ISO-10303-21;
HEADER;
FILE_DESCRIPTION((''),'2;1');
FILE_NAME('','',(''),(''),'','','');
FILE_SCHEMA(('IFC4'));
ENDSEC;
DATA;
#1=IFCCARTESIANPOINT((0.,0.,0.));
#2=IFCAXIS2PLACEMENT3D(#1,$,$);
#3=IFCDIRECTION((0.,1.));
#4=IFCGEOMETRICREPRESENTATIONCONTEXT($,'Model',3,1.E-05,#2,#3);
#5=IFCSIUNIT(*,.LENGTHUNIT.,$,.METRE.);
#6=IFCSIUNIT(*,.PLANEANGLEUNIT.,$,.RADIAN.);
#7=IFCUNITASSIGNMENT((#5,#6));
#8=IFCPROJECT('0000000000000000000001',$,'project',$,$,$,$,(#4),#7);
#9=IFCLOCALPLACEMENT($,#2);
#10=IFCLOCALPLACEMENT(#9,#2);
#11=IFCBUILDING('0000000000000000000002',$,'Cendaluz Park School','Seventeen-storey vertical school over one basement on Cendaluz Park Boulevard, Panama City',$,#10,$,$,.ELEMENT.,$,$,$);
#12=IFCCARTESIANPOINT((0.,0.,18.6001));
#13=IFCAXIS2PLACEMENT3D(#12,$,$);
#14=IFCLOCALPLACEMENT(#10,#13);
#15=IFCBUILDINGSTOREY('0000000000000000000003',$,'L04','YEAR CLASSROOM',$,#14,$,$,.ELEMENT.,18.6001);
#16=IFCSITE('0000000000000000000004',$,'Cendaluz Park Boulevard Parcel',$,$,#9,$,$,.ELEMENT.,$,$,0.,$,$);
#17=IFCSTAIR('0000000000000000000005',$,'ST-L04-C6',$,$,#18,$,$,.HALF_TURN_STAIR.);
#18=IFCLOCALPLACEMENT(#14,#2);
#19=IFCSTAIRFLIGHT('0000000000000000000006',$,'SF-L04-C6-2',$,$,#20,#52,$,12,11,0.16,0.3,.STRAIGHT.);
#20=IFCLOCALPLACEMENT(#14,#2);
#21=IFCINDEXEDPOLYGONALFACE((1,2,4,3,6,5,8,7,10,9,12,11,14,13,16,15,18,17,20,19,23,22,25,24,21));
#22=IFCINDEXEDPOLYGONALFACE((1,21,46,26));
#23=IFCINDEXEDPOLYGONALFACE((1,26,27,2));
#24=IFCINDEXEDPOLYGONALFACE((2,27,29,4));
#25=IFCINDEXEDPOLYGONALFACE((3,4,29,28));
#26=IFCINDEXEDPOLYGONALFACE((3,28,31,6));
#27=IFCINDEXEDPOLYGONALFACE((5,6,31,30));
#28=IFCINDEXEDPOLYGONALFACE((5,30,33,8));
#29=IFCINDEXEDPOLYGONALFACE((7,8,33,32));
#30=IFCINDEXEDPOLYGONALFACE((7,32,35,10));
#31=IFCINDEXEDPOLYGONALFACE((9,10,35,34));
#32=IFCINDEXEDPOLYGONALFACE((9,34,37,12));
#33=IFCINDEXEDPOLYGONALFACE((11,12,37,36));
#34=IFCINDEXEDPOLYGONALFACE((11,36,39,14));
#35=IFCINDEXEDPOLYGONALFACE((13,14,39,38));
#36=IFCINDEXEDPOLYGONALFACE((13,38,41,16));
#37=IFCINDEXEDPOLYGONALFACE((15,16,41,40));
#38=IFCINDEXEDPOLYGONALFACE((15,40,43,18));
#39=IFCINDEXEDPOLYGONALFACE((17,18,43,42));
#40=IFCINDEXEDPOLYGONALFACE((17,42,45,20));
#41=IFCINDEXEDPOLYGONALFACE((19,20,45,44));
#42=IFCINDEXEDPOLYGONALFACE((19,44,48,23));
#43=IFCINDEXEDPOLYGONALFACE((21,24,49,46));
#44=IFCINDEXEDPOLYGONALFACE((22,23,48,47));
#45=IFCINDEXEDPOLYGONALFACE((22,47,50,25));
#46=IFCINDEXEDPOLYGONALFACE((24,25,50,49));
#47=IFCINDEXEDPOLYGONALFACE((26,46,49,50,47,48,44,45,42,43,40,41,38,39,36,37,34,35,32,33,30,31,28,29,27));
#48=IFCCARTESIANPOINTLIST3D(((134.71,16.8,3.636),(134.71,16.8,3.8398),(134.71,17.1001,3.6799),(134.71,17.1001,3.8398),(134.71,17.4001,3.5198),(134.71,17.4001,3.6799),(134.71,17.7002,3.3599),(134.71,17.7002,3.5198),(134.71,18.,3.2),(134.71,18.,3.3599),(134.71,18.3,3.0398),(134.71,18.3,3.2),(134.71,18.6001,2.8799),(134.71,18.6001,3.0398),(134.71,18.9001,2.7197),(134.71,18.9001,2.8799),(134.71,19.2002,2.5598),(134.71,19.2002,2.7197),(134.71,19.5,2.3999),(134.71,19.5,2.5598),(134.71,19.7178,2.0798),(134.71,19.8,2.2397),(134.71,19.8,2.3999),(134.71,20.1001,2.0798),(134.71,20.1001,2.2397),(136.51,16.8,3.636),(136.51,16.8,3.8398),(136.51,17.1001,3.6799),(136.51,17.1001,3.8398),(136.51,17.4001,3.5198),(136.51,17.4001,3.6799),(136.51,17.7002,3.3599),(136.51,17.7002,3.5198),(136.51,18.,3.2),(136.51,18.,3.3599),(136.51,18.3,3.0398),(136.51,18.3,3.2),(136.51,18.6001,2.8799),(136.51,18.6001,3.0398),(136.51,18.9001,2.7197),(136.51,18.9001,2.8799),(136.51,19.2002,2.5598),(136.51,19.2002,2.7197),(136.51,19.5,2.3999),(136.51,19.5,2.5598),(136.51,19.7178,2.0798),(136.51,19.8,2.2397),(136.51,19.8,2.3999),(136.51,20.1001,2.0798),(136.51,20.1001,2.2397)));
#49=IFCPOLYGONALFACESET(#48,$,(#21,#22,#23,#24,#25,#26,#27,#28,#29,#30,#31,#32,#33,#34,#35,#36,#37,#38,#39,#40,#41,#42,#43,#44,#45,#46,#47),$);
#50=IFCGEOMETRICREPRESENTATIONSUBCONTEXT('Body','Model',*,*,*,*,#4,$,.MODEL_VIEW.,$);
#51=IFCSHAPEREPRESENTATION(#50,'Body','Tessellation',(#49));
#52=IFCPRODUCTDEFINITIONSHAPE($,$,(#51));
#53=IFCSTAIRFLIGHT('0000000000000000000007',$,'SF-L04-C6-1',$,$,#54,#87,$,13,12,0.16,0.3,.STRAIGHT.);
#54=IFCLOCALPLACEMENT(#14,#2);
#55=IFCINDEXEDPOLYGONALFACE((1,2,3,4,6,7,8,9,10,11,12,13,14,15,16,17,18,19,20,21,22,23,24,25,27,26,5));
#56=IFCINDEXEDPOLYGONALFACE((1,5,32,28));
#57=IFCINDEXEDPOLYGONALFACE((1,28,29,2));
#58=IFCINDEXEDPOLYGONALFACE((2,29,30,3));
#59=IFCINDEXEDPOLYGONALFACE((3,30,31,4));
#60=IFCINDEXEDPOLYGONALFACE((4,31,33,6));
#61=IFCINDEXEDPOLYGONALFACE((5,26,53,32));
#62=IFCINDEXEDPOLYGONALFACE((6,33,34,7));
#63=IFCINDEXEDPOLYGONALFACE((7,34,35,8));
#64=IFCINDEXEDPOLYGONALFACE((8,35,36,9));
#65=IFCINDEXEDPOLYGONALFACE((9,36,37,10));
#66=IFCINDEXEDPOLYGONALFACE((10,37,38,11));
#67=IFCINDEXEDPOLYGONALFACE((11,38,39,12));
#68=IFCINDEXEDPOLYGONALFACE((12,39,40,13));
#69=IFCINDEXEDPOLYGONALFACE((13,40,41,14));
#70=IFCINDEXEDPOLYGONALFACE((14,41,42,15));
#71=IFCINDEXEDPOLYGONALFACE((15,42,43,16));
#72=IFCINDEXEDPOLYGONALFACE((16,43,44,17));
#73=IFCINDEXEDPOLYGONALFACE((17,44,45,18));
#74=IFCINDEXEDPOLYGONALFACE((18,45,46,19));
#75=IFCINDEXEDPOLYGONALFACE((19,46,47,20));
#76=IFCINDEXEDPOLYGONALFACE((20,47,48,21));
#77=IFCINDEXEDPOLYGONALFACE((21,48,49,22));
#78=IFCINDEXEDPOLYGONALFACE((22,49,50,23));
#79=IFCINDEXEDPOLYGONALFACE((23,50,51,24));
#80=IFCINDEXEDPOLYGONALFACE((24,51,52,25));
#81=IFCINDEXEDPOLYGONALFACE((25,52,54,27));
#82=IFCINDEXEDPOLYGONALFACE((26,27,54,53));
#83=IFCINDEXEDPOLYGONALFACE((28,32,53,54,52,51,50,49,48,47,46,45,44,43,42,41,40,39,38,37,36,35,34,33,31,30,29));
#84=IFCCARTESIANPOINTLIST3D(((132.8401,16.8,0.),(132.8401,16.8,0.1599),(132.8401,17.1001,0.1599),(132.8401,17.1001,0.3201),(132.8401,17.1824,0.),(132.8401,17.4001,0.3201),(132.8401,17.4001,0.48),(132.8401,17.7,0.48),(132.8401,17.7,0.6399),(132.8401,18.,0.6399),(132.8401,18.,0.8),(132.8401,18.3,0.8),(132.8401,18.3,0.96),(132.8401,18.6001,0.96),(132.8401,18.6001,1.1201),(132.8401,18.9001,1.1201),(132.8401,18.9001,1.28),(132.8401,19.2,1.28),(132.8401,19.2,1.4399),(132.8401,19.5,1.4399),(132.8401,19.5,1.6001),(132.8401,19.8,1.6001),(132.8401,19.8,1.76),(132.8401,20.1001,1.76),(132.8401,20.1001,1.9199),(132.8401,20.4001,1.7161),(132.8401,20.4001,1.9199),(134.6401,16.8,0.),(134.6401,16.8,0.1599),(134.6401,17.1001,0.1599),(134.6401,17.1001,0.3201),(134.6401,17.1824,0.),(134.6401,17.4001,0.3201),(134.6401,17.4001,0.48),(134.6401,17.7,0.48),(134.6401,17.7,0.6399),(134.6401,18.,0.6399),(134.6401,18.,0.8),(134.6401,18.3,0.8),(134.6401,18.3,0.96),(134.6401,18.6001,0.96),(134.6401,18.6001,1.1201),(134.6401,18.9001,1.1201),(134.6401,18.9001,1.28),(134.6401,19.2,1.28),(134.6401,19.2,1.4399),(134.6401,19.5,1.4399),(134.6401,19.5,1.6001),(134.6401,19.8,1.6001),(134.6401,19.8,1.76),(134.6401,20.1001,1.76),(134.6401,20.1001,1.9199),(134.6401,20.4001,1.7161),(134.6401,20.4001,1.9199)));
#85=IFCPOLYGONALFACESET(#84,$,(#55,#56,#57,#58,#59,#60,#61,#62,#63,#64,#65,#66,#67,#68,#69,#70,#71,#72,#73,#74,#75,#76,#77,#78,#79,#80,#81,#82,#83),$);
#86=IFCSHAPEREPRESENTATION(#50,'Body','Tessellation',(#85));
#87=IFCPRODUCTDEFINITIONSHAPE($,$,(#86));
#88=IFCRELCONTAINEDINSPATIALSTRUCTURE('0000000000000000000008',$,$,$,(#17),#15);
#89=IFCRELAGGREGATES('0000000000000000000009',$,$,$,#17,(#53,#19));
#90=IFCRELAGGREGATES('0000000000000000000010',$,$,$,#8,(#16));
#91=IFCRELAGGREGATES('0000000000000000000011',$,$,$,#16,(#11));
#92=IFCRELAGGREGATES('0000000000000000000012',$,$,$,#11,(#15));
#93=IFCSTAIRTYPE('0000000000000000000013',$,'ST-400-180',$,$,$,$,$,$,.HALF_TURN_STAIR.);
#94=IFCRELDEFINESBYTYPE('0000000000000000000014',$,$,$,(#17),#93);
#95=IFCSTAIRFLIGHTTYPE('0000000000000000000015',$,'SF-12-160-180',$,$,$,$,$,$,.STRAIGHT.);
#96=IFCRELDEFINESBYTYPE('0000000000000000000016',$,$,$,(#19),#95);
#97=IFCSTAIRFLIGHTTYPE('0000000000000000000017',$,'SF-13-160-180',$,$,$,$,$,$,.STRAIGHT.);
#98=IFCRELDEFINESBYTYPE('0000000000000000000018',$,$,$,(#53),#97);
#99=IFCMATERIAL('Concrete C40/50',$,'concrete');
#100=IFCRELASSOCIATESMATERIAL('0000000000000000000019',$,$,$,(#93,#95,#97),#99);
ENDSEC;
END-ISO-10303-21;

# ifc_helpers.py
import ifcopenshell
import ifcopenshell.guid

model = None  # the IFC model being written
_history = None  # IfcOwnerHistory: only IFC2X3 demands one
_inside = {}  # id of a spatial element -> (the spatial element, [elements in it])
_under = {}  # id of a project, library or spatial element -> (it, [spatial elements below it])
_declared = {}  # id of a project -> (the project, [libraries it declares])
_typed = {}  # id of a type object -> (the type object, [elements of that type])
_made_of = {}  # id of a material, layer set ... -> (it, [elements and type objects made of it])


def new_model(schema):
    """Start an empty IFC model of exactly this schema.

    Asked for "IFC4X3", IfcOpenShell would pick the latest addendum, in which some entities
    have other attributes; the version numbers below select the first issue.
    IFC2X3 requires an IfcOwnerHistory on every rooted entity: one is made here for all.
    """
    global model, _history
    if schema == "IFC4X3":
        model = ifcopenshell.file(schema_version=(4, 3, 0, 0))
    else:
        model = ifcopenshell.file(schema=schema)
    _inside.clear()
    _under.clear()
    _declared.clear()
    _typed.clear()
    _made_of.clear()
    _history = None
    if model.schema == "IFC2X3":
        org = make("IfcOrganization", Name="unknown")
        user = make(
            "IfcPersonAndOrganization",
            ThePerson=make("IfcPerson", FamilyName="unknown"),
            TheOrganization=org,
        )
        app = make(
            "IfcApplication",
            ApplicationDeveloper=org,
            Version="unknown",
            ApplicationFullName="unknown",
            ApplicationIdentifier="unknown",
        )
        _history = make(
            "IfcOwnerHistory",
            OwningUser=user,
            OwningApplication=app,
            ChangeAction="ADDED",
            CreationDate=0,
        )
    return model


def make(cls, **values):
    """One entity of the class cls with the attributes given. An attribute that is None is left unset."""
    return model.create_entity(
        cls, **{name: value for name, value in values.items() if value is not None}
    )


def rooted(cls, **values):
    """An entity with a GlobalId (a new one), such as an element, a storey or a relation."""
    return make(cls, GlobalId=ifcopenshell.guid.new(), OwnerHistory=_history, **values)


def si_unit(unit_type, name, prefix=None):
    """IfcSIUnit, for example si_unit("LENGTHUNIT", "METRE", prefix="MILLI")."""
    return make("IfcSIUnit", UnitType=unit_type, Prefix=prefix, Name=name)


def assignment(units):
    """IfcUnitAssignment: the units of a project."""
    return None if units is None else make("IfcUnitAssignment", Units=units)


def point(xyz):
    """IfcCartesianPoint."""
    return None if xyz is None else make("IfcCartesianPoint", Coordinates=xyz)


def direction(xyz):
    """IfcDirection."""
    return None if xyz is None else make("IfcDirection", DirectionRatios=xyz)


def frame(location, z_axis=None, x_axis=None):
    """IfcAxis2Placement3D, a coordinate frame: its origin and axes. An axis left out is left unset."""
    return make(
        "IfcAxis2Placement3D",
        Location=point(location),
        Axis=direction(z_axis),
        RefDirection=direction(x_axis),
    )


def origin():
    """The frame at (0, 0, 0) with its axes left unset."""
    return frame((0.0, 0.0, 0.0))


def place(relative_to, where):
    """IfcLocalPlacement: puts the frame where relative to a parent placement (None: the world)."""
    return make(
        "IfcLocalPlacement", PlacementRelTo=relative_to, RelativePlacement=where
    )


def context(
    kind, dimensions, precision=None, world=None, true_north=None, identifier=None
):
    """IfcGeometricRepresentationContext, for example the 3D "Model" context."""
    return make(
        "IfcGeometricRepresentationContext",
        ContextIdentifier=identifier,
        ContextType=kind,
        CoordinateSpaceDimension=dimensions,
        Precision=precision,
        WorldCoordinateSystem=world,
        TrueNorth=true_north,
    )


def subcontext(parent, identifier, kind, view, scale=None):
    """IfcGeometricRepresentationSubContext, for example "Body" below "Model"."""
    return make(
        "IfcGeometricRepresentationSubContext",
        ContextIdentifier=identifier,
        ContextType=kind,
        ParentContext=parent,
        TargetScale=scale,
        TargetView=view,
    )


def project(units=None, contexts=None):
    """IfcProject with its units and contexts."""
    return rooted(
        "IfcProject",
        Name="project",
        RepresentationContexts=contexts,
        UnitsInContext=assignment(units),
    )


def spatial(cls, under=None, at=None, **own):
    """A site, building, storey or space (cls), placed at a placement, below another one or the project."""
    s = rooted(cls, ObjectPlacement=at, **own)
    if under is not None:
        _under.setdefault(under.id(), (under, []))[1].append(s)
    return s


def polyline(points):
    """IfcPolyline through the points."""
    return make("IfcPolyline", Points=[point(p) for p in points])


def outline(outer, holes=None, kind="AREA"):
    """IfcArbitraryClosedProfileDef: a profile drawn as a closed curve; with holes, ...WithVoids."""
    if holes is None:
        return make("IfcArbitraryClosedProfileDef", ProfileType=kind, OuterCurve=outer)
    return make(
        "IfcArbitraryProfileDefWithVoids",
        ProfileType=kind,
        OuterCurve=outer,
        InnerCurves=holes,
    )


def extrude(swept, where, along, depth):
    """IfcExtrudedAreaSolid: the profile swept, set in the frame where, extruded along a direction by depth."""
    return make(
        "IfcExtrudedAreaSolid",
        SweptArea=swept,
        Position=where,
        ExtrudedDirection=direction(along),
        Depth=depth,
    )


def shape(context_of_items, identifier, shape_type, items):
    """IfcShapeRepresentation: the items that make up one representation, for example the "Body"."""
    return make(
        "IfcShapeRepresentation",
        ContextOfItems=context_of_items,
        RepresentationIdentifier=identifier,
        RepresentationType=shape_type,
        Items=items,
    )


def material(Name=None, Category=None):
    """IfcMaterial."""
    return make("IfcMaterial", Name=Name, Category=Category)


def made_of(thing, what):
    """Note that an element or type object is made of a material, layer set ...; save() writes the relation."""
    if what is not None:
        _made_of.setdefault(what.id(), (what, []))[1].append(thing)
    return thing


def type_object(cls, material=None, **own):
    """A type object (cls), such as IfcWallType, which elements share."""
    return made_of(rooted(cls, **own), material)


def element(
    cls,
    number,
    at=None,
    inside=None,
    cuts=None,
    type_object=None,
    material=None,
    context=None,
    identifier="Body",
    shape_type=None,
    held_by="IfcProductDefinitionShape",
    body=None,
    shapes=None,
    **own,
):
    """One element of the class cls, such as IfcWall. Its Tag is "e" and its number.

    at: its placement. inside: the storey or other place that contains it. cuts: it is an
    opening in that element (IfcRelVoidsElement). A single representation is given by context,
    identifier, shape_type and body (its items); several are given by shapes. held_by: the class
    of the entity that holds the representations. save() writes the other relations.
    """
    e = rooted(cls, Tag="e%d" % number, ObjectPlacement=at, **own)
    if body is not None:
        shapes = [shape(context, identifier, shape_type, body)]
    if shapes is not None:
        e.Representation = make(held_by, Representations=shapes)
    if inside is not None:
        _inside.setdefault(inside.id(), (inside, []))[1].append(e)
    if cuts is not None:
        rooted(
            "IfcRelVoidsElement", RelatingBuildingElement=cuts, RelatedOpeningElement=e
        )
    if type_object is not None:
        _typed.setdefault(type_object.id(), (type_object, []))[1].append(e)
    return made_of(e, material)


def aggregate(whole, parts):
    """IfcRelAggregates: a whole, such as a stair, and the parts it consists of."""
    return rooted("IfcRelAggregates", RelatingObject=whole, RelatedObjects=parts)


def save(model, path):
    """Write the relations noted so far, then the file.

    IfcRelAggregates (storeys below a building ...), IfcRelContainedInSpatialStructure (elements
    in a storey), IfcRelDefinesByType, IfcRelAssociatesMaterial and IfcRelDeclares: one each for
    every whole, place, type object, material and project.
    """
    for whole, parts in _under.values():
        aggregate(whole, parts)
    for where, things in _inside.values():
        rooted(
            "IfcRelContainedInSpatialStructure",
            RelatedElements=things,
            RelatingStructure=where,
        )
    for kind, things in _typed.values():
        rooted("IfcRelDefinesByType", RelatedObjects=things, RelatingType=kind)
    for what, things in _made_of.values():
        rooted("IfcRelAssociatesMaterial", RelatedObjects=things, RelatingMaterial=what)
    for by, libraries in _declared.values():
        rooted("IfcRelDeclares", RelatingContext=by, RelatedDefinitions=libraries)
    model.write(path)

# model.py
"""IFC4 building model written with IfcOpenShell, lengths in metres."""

from ifc_helpers import new_model, si_unit, direction, frame, origin, place, context, subcontext, project, spatial, polyline, outline, extrude, material, type_object, element, aggregate, save


model = new_model("IFC4")

# Units and contexts
model_context = context("Model", 3, precision=1e-05, world=origin(), true_north=direction((0.0, 1.0)))
body_context = subcontext(model_context, "Body", "Model", "MODEL_VIEW")
ifc_project = project(units=[si_unit("LENGTHUNIT", "METRE"), si_unit("PLANEANGLEUNIT", "RADIAN")], contexts=[model_context])

# Site, building, storey
site_placement = place(None, origin())
site = spatial("IfcSite", under=ifc_project, at=site_placement, Name="Cendaluz Park Boulevard Parcel", CompositionType="ELEMENT", RefElevation=0.0)
building_placement = place(site_placement, origin())
building = spatial("IfcBuilding", under=site, at=building_placement, Name="Cendaluz Park School", Description="Seventeen-storey vertical school over one basement on Cendaluz Park Boulevard, Panama City", CompositionType="ELEMENT")
storey_placement = place(building_placement, frame((0.0, 0.0, 18.6001)))
storey = spatial("IfcBuildingStorey", under=building, at=storey_placement, Name="L04", Description="YEAR CLASSROOM", CompositionType="ELEMENT", Elevation=18.6001)

# Shared definitions
ifc_material_1 = material(Name="Concrete C40/50", Category="concrete")

# Stair, stair flights
stair_type = type_object("IfcStairType", Name="ST-400-180", PredefinedType="HALF_TURN_STAIR", material=ifc_material_1)
stair_placement = place(storey_placement, origin())
stair = element("IfcStair", 1, at=stair_placement, inside=storey, type_object=stair_type, Name="ST-L04-C6", PredefinedType="HALF_TURN_STAIR")
stair_flight_type_1 = type_object("IfcStairFlightType", Name="SF-12-160-180", PredefinedType="STRAIGHT", material=ifc_material_1)
stair_flight_1_placement = place(storey_placement, frame((135.6101, 20.1001, 2.0798), z_axis=(0.0, 0.0, 1.0), x_axis=(0.0, -1.0, 0.0)))
stair_flight_1 = element("IfcStairFlight", 2, at=stair_flight_1_placement, type_object=stair_flight_type_1, Name="SF-L04-C6-2", NumberOfRisers=12, NumberOfTreads=11, PredefinedType="STRAIGHT", RiserHeight=0.16, TreadLength=0.3, context=body_context, shape_type="SweptSolid", body=[
    extrude(outline(polyline([(0.0, 0.0), (0.0, 0.1599), (0.3, 0.1599), (0.3, 0.3201), (0.6001, 0.3201), (0.6001, 0.48), (0.8999, 0.48), (0.8999, 0.6399), (1.2, 0.6399), (1.2, 0.8), (1.5, 0.8), (1.5, 0.96), (1.8, 0.96), (1.8, 1.1201), (2.1001, 1.1201), (2.1001, 1.28), (2.3999, 1.28), (2.3999, 1.4399), (2.7, 1.4399), (2.7, 1.6001), (3.0, 1.6001), (3.0, 1.76), (3.3, 1.76), (3.3, 1.9199), (3.3, 1.5562), (0.3823, 0.0), (0.0, 0.0)])), frame((0.0, 0.8999, 0.0), z_axis=(0.0, -1.0, 0.0), x_axis=(1.0, 0.0, 0.0)), (0.0, 0.0, 1.0), 1.8),
])
stair_flight_type_2 = type_object("IfcStairFlightType", Name="SF-13-160-180", PredefinedType="STRAIGHT", material=ifc_material_1)
stair_flight_2_placement = place(storey_placement, frame((133.74, 16.8, 0.0), z_axis=(0.0, 0.0, 1.0), x_axis=(0.0, 1.0, 0.0)))
stair_flight_2 = element("IfcStairFlight", 3, at=stair_flight_2_placement, type_object=stair_flight_type_2, Name="SF-L04-C6-1", NumberOfRisers=13, NumberOfTreads=12, PredefinedType="STRAIGHT", RiserHeight=0.16, TreadLength=0.3, context=body_context, shape_type="SweptSolid", body=[
    extrude(outline(polyline([(0.0, 0.0), (0.0, 0.1599), (0.3, 0.1599), (0.3, 0.3201), (0.6001, 0.3201), (0.6001, 0.48), (0.8999, 0.48), (0.8999, 0.6399), (1.2, 0.6399), (1.2, 0.8), (1.5, 0.8), (1.5, 0.96), (1.8, 0.96), (1.8, 1.1201), (2.1001, 1.1201), (2.1001, 1.28), (2.3999, 1.28), (2.3999, 1.4399), (2.7, 1.4399), (2.7, 1.6001), (3.0, 1.6001), (3.0, 1.76), (3.3, 1.76), (3.3, 1.9199), (3.6001, 1.9199), (3.6001, 2.0801), (3.6001, 1.7161), (0.3823, 0.0), (0.0, 0.0)])), frame((0.0, 0.8999, 0.0), z_axis=(0.0, -1.0, 0.0), x_axis=(1.0, 0.0, 0.0)), (0.0, 0.0, 1.0), 1.8),
])
aggregate(stair, [stair_flight_2, stair_flight_1])

save(model, "model.ifc")
